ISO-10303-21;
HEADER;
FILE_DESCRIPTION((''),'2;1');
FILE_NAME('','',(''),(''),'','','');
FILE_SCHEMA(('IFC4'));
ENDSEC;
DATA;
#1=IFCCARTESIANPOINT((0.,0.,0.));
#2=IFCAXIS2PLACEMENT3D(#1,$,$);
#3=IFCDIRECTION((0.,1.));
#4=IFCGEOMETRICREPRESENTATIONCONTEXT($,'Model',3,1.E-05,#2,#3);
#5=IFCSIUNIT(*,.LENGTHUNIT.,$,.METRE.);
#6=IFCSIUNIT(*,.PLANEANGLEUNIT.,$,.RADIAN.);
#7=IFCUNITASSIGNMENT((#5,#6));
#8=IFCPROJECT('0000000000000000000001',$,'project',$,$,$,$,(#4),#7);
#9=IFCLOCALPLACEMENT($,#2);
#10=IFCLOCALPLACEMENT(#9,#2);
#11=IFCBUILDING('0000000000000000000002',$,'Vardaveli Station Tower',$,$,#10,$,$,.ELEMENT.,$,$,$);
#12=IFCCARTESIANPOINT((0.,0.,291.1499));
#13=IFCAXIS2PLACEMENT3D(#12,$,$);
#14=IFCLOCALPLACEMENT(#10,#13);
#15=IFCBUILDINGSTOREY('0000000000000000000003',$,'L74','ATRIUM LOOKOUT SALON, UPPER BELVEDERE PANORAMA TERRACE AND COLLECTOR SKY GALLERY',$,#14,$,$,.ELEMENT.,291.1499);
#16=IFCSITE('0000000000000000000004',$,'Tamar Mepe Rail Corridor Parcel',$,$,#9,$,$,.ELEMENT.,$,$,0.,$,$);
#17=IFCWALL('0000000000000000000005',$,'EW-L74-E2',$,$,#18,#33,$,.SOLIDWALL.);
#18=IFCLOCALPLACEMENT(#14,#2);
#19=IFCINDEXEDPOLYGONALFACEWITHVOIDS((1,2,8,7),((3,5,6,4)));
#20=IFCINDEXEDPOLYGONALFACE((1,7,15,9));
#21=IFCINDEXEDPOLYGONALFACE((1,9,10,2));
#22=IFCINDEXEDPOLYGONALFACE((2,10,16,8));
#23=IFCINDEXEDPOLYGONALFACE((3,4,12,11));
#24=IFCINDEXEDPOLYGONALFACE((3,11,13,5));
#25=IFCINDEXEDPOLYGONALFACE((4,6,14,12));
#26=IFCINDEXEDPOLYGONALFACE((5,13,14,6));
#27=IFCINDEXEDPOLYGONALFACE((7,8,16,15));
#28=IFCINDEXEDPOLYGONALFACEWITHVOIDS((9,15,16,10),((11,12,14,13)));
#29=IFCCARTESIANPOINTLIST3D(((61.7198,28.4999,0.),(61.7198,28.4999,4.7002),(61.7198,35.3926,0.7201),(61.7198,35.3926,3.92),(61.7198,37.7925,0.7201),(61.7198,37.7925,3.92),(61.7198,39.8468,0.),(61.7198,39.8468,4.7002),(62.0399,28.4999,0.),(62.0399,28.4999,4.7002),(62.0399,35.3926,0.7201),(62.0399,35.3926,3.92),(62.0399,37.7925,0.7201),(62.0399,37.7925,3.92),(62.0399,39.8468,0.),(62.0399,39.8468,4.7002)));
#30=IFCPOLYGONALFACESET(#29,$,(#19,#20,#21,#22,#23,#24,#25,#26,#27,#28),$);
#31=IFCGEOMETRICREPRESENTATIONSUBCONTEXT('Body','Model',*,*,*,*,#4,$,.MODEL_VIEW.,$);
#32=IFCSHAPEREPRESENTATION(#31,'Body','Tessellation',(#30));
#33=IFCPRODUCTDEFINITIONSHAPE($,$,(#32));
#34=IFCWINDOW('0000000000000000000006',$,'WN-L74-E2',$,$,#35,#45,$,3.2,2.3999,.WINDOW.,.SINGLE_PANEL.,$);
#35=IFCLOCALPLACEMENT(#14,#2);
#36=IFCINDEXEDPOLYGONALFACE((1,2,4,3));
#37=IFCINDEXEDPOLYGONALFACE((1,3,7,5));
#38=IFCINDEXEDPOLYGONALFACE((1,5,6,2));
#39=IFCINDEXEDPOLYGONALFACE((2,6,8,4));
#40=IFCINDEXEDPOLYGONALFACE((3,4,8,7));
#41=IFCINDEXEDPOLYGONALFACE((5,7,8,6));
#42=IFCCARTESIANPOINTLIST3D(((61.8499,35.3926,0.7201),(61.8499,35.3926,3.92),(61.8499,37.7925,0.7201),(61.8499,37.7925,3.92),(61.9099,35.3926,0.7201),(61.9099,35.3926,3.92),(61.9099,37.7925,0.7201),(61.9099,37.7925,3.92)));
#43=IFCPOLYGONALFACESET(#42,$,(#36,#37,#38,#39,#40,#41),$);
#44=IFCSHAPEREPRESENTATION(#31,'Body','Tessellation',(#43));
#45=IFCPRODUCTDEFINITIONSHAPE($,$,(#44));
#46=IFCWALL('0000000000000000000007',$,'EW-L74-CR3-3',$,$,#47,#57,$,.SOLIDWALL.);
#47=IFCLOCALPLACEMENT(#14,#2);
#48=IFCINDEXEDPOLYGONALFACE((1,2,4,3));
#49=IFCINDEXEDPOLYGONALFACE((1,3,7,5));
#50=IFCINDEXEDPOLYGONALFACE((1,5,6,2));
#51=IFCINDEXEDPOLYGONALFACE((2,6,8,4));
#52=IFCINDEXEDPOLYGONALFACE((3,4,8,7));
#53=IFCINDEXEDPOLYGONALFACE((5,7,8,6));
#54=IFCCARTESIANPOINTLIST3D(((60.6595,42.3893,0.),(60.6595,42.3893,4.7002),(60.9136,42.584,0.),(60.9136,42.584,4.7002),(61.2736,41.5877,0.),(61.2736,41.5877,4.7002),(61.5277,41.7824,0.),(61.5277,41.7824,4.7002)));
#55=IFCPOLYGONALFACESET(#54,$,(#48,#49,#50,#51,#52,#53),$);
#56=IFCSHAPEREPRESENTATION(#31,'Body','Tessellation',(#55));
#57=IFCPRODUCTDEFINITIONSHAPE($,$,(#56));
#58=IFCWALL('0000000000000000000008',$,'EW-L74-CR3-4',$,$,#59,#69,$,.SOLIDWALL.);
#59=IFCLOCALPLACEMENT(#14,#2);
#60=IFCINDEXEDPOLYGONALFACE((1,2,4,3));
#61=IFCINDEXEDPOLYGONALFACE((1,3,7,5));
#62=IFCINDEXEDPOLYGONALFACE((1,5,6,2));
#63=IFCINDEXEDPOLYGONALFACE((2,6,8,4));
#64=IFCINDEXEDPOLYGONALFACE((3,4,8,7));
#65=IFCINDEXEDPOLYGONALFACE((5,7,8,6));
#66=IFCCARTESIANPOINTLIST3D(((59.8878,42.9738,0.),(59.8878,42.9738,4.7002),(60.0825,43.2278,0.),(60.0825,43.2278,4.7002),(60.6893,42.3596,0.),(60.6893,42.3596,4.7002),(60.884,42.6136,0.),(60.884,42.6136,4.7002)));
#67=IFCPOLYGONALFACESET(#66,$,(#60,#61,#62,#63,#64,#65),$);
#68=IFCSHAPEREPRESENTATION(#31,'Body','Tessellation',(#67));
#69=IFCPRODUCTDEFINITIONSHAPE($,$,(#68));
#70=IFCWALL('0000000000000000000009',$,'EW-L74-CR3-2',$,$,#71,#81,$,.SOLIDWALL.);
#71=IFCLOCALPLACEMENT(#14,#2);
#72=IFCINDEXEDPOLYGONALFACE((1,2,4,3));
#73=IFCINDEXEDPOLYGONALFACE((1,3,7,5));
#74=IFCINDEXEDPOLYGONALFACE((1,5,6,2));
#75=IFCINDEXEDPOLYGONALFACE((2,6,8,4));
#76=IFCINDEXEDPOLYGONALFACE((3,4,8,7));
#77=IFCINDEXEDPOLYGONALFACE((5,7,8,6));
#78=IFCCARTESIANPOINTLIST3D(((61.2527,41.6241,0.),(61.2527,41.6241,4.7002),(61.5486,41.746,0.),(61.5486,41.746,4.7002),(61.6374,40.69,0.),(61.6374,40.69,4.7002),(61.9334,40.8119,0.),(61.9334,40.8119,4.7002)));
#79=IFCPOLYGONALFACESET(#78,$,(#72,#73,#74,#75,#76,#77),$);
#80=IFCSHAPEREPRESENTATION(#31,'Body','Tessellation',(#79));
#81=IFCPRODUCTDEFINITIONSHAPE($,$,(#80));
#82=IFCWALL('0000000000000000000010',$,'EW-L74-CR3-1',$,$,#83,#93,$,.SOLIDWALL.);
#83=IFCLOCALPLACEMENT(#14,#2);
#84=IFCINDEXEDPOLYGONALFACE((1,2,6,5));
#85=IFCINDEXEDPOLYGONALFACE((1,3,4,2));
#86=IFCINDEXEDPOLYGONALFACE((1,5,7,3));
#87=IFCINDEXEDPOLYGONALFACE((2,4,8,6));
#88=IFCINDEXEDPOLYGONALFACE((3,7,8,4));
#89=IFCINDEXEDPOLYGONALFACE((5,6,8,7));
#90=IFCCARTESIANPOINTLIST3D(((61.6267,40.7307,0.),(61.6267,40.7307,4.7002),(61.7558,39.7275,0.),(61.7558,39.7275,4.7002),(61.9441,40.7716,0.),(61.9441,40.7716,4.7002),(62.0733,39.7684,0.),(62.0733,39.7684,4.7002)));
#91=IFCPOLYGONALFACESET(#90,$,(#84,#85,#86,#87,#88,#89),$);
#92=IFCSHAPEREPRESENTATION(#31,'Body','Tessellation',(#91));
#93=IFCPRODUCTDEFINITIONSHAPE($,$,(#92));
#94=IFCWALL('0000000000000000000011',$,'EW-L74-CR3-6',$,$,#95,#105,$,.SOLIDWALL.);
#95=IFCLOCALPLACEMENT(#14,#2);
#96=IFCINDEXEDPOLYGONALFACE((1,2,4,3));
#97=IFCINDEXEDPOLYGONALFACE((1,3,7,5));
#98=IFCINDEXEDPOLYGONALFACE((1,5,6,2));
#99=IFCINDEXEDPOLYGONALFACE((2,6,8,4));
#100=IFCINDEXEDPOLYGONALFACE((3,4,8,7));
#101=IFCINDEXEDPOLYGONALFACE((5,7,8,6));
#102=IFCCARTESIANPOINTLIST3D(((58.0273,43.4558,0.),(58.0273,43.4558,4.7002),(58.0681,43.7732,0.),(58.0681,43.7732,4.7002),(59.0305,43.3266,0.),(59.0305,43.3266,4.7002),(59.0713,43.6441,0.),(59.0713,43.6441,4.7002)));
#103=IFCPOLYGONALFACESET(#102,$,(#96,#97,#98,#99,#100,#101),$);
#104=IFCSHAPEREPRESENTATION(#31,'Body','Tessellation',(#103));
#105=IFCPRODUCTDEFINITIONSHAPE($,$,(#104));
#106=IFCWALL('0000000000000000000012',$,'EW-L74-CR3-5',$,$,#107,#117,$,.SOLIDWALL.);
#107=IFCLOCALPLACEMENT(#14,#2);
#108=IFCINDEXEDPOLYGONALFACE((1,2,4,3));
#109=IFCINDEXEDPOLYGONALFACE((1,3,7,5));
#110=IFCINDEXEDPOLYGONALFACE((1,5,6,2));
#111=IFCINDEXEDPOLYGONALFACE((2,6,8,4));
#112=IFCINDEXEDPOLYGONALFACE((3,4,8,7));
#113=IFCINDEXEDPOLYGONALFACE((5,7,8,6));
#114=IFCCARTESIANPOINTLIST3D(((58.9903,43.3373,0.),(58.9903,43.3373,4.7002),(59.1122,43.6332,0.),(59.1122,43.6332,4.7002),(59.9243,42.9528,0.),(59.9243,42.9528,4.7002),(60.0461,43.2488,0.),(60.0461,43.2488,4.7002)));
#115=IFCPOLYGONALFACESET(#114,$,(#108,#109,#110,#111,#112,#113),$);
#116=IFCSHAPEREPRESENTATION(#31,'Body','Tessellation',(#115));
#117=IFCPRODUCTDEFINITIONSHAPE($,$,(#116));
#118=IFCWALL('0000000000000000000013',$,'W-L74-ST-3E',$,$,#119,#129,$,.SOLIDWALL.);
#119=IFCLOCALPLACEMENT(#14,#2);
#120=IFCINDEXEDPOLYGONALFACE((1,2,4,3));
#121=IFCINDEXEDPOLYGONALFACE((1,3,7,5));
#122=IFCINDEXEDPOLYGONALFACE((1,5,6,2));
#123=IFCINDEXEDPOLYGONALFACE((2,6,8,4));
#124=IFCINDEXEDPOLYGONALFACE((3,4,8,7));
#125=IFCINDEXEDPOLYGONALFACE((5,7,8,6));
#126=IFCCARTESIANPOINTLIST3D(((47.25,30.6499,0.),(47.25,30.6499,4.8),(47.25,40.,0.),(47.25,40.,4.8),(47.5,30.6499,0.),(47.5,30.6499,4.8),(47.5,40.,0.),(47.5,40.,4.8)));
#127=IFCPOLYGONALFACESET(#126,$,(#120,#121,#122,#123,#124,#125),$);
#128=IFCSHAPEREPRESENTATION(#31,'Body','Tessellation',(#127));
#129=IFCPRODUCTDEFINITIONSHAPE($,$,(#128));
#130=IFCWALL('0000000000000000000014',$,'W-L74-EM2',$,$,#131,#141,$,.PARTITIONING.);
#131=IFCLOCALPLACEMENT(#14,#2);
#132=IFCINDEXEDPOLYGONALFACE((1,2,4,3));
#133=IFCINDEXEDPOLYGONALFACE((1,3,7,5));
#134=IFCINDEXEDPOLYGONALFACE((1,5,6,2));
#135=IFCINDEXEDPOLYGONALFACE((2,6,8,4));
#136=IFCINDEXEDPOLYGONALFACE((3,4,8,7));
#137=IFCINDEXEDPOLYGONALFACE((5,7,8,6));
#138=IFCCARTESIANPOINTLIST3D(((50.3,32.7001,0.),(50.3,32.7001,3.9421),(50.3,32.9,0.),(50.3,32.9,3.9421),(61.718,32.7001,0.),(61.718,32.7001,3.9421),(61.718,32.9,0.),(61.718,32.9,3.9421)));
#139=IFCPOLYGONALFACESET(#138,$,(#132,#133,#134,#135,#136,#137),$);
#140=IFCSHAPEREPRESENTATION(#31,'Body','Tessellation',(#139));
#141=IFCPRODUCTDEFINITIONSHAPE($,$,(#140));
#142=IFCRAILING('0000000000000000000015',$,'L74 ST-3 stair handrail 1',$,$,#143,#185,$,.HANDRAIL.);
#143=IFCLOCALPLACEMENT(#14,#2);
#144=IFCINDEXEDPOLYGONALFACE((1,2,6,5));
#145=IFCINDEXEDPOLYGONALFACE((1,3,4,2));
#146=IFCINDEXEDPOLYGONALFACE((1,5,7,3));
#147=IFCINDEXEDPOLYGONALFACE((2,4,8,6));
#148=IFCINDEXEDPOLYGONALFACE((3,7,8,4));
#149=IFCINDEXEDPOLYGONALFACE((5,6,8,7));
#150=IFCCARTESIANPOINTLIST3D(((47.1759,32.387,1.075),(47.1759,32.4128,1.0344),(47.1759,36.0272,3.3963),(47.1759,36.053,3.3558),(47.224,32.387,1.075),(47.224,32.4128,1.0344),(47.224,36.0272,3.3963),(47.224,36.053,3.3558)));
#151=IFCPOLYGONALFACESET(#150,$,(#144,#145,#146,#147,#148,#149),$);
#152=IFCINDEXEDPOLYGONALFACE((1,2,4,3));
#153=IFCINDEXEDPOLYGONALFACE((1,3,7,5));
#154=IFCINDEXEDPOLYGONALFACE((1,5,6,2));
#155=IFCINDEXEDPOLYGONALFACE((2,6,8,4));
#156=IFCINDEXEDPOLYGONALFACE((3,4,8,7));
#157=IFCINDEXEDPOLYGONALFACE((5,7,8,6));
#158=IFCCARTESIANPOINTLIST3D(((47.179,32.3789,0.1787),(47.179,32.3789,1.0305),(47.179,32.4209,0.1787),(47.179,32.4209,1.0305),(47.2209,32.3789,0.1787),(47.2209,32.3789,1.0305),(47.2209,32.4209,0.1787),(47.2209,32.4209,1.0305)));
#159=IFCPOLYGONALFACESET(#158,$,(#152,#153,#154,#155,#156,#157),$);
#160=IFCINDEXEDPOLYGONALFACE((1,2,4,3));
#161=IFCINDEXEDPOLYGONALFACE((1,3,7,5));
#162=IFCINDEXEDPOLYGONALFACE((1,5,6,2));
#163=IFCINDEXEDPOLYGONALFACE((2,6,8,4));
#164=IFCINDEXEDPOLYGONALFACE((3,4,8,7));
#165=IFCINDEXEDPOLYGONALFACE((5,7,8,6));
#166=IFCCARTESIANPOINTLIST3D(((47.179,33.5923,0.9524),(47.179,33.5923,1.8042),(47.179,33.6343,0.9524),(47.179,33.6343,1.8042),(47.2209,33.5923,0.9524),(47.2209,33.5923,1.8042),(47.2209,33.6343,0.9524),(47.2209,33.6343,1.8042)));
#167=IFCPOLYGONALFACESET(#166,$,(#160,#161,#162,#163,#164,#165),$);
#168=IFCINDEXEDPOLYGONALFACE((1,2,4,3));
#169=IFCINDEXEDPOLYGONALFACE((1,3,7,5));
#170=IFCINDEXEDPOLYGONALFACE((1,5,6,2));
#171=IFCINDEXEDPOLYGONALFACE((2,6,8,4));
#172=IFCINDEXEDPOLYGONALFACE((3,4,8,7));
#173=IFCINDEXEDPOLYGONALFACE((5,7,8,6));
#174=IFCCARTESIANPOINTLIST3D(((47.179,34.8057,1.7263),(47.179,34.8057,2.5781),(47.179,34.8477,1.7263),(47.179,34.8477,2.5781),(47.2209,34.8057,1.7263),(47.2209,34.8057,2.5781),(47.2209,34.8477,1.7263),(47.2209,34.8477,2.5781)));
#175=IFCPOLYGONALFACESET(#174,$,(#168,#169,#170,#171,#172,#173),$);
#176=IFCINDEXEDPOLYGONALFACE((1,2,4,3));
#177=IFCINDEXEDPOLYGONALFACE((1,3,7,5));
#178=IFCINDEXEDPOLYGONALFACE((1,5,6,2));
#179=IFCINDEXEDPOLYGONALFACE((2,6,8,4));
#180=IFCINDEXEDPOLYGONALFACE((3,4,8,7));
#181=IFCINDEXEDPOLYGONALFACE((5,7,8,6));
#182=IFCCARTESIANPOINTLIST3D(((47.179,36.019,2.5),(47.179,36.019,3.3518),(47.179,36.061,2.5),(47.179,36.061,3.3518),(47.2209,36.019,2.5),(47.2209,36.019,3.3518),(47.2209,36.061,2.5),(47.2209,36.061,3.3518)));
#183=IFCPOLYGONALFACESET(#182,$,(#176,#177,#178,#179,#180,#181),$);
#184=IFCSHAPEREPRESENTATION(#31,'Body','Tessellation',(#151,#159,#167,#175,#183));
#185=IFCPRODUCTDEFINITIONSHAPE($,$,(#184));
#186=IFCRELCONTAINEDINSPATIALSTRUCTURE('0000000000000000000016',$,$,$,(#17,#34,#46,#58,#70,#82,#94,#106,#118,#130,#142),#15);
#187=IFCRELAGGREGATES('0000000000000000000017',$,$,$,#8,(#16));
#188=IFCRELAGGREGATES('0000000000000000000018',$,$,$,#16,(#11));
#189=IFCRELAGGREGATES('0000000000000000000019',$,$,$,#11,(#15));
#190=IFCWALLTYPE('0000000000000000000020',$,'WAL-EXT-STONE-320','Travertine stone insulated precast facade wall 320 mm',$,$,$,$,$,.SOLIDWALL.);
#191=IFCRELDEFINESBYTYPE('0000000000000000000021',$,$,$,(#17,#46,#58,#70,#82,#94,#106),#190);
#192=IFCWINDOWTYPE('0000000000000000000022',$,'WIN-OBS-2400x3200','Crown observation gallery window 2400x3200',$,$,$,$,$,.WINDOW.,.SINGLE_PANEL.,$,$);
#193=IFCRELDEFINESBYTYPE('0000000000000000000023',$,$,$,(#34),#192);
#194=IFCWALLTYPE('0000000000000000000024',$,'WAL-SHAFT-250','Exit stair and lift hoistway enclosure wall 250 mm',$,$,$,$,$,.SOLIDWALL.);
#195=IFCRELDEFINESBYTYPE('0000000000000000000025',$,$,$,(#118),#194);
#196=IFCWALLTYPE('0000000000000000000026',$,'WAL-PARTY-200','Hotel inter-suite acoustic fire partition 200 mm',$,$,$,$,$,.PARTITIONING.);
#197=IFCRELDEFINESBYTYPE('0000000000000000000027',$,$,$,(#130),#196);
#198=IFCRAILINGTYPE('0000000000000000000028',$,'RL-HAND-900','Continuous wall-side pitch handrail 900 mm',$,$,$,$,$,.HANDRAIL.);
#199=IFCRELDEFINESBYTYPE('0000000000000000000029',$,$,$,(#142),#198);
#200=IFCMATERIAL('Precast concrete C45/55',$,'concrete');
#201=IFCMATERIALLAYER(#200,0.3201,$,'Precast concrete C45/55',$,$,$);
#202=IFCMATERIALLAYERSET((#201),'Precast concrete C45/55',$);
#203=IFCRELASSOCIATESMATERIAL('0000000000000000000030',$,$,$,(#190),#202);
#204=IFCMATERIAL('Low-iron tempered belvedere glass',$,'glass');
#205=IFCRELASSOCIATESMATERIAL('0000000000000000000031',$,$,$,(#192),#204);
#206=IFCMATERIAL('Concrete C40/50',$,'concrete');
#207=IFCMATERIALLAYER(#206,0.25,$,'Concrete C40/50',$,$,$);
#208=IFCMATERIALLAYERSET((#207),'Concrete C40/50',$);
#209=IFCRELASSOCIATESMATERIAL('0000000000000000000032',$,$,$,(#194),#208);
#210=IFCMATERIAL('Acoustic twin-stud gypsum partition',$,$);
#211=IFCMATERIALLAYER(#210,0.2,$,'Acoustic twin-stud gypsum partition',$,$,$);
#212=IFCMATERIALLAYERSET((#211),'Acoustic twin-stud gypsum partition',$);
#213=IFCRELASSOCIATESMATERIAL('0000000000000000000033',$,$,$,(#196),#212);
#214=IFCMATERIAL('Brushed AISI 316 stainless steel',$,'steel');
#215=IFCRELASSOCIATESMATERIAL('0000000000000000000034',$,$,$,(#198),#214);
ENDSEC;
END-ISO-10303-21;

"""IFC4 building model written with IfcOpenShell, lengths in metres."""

from ifc_helpers import new_model, si_unit, direction, frame, frame_2d, origin, origin_2d, place, context, subcontext, project, spatial, rectangle, extrude, source, transform, mapped, material, layer, layer_set, type_object, element, fill, save


model = new_model("IFC4")

# Units and contexts
model_context = context("Model", 3, precision=1e-05, world=origin(), true_north=direction((0.0, 1.0)))
body_context = subcontext(model_context, "Body", "Model", "MODEL_VIEW")
ifc_project = project(units=[si_unit("LENGTHUNIT", "METRE"), si_unit("PLANEANGLEUNIT", "RADIAN")], contexts=[model_context])

# Site, building, storey
site_placement = place(None, origin())
site = spatial("IfcSite", under=ifc_project, at=site_placement, Name="Tamar Mepe Rail Corridor Parcel", CompositionType="ELEMENT", RefElevation=0.0)
building_placement = place(site_placement, origin())
building = spatial("IfcBuilding", under=site, at=building_placement, Name="Vardaveli Station Tower", CompositionType="ELEMENT")
storey_placement = place(building_placement, frame((0.0, 0.0, 291.1499)))
storey = spatial("IfcBuildingStorey", under=building, at=storey_placement, Name="L74", Description="ATRIUM LOOKOUT SALON, UPPER BELVEDERE PANORAMA TERRACE AND COLLECTOR SKY GALLERY", CompositionType="ELEMENT", Elevation=291.1499)

# Shared definitions
ifc_material_1 = material(Name="Precast concrete C45/55", Category="concrete")

# Wall, opening, window
ifc_layer_1 = layer(ifc_material_1, 0.3201, Name="Precast concrete C45/55")
ifc_layer_set_1 = layer_set([ifc_layer_1], Name="Precast concrete C45/55")
wall_type_1 = type_object("IfcWallType", Name="WAL-EXT-STONE-320", Description="Travertine stone insulated precast facade wall 320 mm", PredefinedType="SOLIDWALL", material=ifc_layer_set_1)
shared_shape_1 = source(origin(), body_context, "Body", "SweptSolid", [
    extrude(rectangle(XDim=11.3469, YDim=0.3201, at=frame_2d((5.6733, 0.0))), origin(), (0.0, 0.0, 1.0), 4.7002),
])
shared_shape_2 = source(origin(), body_context, "Body", "SweptSolid", [
    extrude(rectangle(XDim=2.3999, YDim=3.2, at=frame_2d((1.2, 1.6001))), frame((0.0, 0.1699, 0.0), z_axis=(0.0, -1.0, 0.0), x_axis=(1.0, 0.0, 0.0)), (0.0, 0.0, 1.0), 0.3401),
])
ifc_material_2 = material(Name="Low-iron tempered belvedere glass", Category="glass")
window_type = type_object("IfcWindowType", Name="WIN-OBS-2400x3200", Description="Crown observation gallery window 2400x3200", PartitioningType="SINGLE_PANEL", PredefinedType="WINDOW", material=ifc_material_2)
shared_shape_3 = source(origin(), body_context, "Body", "SweptSolid", [
    extrude(rectangle(XDim=2.3999, YDim=3.2, at=frame_2d((1.2, 1.6001))), frame((0.0, 0.03, 0.0), z_axis=(0.0, -1.0, 0.0), x_axis=(1.0, 0.0, 0.0)), (0.0, 0.0, 1.0), 0.0601),
])
wall_1_placement = place(storey_placement, frame((61.8799, 28.5, 0.0), z_axis=(0.0, 0.0, 1.0), x_axis=(0.0, 1.0, 0.0)))
wall_1 = element("IfcWall", 1, at=wall_1_placement, inside=storey, type_object=wall_type_1, Name="EW-L74-E2", PredefinedType="SOLIDWALL", context=body_context, shape_type="MappedRepresentation", body=[
    mapped(shared_shape_1, transform((0.0, 0.0, 0.0), scale=1.0)),
])
opening_1_placement = place(wall_1_placement, frame((6.8926, 0.0, 0.72)))
opening_1 = element("IfcOpeningElement", 2, at=opening_1_placement, cuts=wall_1, PredefinedType="OPENING", context=body_context, shape_type="MappedRepresentation", body=[
    mapped(shared_shape_2, transform((0.0, 0.0, 0.0), scale=1.0)),
])
window_1_placement = place(opening_1_placement, origin())
window_1 = element("IfcWindow", 3, at=window_1_placement, inside=storey, type_object=window_type, Name="WN-L74-E2", OverallHeight=3.2, OverallWidth=2.3999, PartitioningType="SINGLE_PANEL", PredefinedType="WINDOW", context=body_context, shape_type="MappedRepresentation", body=[
    mapped(shared_shape_3, transform((0.0, 0.0, 0.0), scale=1.0)),
])
fill(opening_1, window_1)

# Walls
shared_shape_4 = source(origin(), body_context, "Body", "SweptSolid", [
    extrude(rectangle(XDim=1.0098, YDim=0.3201, at=frame_2d((0.5049, 0.0))), origin(), (0.0, 0.0, 1.0), 4.7002),
])
for number, where, z_axis, x_axis, name in (
    (4, (61.4006, 41.6851, 0.0), (0.0, 0.0, 1.0), (-0.608132, 0.793836, 0.0), "EW-L74-CR3-3"),
    (5, (60.7866, 42.4866, 0.0), (0.0, 0.0, 1.0), (-0.793719, 0.608284, 0.0), "EW-L74-CR3-4"),
):
    element("IfcWall", number, at=place(storey_placement, frame(where, z_axis=z_axis, x_axis=x_axis)), inside=storey, type_object=wall_type_1, Name=name, PredefinedType="SOLIDWALL", context=body_context, shape_type="MappedRepresentation", body=[
        mapped(shared_shape_4, transform((0.0, 0.0, 0.0), scale=1.0)),
    ])
shared_shape_5 = source(origin(), body_context, "Body", "SweptSolid", [
    extrude(rectangle(XDim=1.0103, YDim=0.3201, at=frame_2d((0.5051, 0.0))), origin(), (0.0, 0.0, 1.0), 4.7002),
])
wall_2_placement = place(storey_placement, frame((61.7854, 40.751, 0.0), z_axis=(0.0, 0.0, 1.0), x_axis=(-0.380871, 0.924628, 0.0)))
element("IfcWall", 6, at=wall_2_placement, inside=storey, type_object=wall_type_1, Name="EW-L74-CR3-2", PredefinedType="SOLIDWALL", context=body_context, shape_type="MappedRepresentation", body=[
    mapped(shared_shape_5, transform((0.0, 0.0, 0.0), scale=1.0)),
])
shared_shape_6 = source(origin(), body_context, "Body", "SweptSolid", [
    extrude(rectangle(XDim=1.0115, YDim=0.3201, at=frame_2d((0.5059, 0.0))), origin(), (0.0, 0.0, 1.0), 4.7002),
])
for number, where, z_axis, x_axis, name in (
    (7, (61.9146, 39.7478, 0.0), (0.0, 0.0, 1.0), (-0.127688, 0.991814, 0.0), "EW-L74-CR3-1"),
    (8, (59.051, 43.4854, 0.0), (0.0, 0.0, 1.0), (-0.991814, 0.127688, 0.0), "EW-L74-CR3-6"),
):
    element("IfcWall", number, at=place(storey_placement, frame(where, z_axis=z_axis, x_axis=x_axis)), inside=storey, type_object=wall_type_1, Name=name, PredefinedType="SOLIDWALL", context=body_context, shape_type="MappedRepresentation", body=[
        mapped(shared_shape_6, transform((0.0, 0.0, 0.0), scale=1.0)),
    ])
shared_shape_7 = source(origin(), body_context, "Body", "SweptSolid", [
    extrude(rectangle(XDim=1.01, YDim=0.3201, at=frame_2d((0.5049, 0.0))), origin(), (0.0, 0.0, 1.0), 4.7002),
])
wall_3_placement = place(storey_placement, frame((59.9851, 43.1008, 0.0), z_axis=(0.0, 0.0, 1.0), x_axis=(-0.924713, 0.380665, 0.0)))
element("IfcWall", 9, at=wall_3_placement, inside=storey, type_object=wall_type_1, Name="EW-L74-CR3-5", PredefinedType="SOLIDWALL", context=body_context, shape_type="MappedRepresentation", body=[
    mapped(shared_shape_7, transform((0.0, 0.0, 0.0), scale=1.0)),
])
ifc_material_3 = material(Name="Concrete C40/50", Category="concrete")
ifc_layer_2 = layer(ifc_material_3, 0.25, Name="Concrete C40/50")
ifc_layer_set_2 = layer_set([ifc_layer_2], Name="Concrete C40/50")
wall_type_2 = type_object("IfcWallType", Name="WAL-SHAFT-250", Description="Exit stair and lift hoistway enclosure wall 250 mm", PredefinedType="SOLIDWALL", material=ifc_layer_set_2)
shared_shape_8 = source(origin(), body_context, "Body", "SweptSolid", [
    extrude(rectangle(XDim=9.3501, YDim=0.25, at=frame_2d((4.675, 0.0))), origin(), (0.0, 0.0, 1.0), 4.8),
])
wall_4_placement = place(storey_placement, frame((47.375, 30.6499, 0.0), z_axis=(0.0, 0.0, 1.0), x_axis=(0.0, 1.0, 0.0)))
element("IfcWall", 10, at=wall_4_placement, inside=storey, type_object=wall_type_2, Name="W-L74-ST-3E", PredefinedType="SOLIDWALL", context=body_context, shape_type="MappedRepresentation", body=[
    mapped(shared_shape_8, transform((0.0, 0.0, 0.0), scale=1.0)),
])
ifc_material_4 = material(Name="Acoustic twin-stud gypsum partition")
ifc_layer_3 = layer(ifc_material_4, 0.2, Name="Acoustic twin-stud gypsum partition")
ifc_layer_set_3 = layer_set([ifc_layer_3], Name="Acoustic twin-stud gypsum partition")
wall_type_3 = type_object("IfcWallType", Name="WAL-PARTY-200", Description="Hotel inter-suite acoustic fire partition 200 mm", PredefinedType="PARTITIONING", material=ifc_layer_set_3)
shared_shape_9 = source(origin(), body_context, "Body", "SweptSolid", [
    extrude(rectangle(XDim=11.418, YDim=0.2, at=frame_2d((5.709, 0.0))), origin(), (0.0, 0.0, 1.0), 3.9421),
])
wall_5_placement = place(storey_placement, frame((50.3, 32.8, 0.0), z_axis=(0.0, 0.0, 1.0), x_axis=(1.0, 0.0, 0.0)))
element("IfcWall", 11, at=wall_5_placement, inside=storey, type_object=wall_type_3, Name="W-L74-EM2", PredefinedType="PARTITIONING", context=body_context, shape_type="MappedRepresentation", body=[
    mapped(shared_shape_9, transform((0.0, 0.0, 0.0), scale=1.0)),
])

# Railing
ifc_material_5 = material(Name="Brushed AISI 316 stainless steel", Category="steel")
railing_type = type_object("IfcRailingType", Name="RL-HAND-900", Description="Continuous wall-side pitch handrail 900 mm", PredefinedType="HANDRAIL", material=ifc_material_5)
shared_shape_10 = source(origin(), body_context, "Body", "SweptSolid", [
    extrude(rectangle(XDim=0.0481, YDim=0.0481, at=origin_2d()), frame((0.0, 0.0, 0.876), z_axis=(0.0, 0.843153, 0.537673), x_axis=(-1.0, 0.0, 0.0)), (0.0, 0.0, 1.0), 4.3174),
    extrude(rectangle(XDim=0.042, YDim=0.042, at=origin_2d()), origin(), (0.0, 0.0, 1.0), 0.8518),
    extrude(rectangle(XDim=0.042, YDim=0.042, at=origin_2d()), frame((0.0, 1.2134, 0.7737)), (0.0, 0.0, 1.0), 0.8518),
    extrude(rectangle(XDim=0.042, YDim=0.042, at=origin_2d()), frame((0.0, 2.4268, 1.5476)), (0.0, 0.0, 1.0), 0.8518),
    extrude(rectangle(XDim=0.042, YDim=0.042, at=origin_2d()), frame((0.0, 3.6401, 2.3213)), (0.0, 0.0, 1.0), 0.8518),
])
railing_placement = place(storey_placement, frame((47.2, 32.3999, 0.1787)))
element("IfcRailing", 12, at=railing_placement, inside=storey, type_object=railing_type, Name="L74 ST-3 stair handrail 1", PredefinedType="HANDRAIL", context=body_context, shape_type="MappedRepresentation", body=[
    mapped(shared_shape_10, transform((0.0, 0.0, 0.0), scale=1.0)),
])

save(model, "model.ifc")
